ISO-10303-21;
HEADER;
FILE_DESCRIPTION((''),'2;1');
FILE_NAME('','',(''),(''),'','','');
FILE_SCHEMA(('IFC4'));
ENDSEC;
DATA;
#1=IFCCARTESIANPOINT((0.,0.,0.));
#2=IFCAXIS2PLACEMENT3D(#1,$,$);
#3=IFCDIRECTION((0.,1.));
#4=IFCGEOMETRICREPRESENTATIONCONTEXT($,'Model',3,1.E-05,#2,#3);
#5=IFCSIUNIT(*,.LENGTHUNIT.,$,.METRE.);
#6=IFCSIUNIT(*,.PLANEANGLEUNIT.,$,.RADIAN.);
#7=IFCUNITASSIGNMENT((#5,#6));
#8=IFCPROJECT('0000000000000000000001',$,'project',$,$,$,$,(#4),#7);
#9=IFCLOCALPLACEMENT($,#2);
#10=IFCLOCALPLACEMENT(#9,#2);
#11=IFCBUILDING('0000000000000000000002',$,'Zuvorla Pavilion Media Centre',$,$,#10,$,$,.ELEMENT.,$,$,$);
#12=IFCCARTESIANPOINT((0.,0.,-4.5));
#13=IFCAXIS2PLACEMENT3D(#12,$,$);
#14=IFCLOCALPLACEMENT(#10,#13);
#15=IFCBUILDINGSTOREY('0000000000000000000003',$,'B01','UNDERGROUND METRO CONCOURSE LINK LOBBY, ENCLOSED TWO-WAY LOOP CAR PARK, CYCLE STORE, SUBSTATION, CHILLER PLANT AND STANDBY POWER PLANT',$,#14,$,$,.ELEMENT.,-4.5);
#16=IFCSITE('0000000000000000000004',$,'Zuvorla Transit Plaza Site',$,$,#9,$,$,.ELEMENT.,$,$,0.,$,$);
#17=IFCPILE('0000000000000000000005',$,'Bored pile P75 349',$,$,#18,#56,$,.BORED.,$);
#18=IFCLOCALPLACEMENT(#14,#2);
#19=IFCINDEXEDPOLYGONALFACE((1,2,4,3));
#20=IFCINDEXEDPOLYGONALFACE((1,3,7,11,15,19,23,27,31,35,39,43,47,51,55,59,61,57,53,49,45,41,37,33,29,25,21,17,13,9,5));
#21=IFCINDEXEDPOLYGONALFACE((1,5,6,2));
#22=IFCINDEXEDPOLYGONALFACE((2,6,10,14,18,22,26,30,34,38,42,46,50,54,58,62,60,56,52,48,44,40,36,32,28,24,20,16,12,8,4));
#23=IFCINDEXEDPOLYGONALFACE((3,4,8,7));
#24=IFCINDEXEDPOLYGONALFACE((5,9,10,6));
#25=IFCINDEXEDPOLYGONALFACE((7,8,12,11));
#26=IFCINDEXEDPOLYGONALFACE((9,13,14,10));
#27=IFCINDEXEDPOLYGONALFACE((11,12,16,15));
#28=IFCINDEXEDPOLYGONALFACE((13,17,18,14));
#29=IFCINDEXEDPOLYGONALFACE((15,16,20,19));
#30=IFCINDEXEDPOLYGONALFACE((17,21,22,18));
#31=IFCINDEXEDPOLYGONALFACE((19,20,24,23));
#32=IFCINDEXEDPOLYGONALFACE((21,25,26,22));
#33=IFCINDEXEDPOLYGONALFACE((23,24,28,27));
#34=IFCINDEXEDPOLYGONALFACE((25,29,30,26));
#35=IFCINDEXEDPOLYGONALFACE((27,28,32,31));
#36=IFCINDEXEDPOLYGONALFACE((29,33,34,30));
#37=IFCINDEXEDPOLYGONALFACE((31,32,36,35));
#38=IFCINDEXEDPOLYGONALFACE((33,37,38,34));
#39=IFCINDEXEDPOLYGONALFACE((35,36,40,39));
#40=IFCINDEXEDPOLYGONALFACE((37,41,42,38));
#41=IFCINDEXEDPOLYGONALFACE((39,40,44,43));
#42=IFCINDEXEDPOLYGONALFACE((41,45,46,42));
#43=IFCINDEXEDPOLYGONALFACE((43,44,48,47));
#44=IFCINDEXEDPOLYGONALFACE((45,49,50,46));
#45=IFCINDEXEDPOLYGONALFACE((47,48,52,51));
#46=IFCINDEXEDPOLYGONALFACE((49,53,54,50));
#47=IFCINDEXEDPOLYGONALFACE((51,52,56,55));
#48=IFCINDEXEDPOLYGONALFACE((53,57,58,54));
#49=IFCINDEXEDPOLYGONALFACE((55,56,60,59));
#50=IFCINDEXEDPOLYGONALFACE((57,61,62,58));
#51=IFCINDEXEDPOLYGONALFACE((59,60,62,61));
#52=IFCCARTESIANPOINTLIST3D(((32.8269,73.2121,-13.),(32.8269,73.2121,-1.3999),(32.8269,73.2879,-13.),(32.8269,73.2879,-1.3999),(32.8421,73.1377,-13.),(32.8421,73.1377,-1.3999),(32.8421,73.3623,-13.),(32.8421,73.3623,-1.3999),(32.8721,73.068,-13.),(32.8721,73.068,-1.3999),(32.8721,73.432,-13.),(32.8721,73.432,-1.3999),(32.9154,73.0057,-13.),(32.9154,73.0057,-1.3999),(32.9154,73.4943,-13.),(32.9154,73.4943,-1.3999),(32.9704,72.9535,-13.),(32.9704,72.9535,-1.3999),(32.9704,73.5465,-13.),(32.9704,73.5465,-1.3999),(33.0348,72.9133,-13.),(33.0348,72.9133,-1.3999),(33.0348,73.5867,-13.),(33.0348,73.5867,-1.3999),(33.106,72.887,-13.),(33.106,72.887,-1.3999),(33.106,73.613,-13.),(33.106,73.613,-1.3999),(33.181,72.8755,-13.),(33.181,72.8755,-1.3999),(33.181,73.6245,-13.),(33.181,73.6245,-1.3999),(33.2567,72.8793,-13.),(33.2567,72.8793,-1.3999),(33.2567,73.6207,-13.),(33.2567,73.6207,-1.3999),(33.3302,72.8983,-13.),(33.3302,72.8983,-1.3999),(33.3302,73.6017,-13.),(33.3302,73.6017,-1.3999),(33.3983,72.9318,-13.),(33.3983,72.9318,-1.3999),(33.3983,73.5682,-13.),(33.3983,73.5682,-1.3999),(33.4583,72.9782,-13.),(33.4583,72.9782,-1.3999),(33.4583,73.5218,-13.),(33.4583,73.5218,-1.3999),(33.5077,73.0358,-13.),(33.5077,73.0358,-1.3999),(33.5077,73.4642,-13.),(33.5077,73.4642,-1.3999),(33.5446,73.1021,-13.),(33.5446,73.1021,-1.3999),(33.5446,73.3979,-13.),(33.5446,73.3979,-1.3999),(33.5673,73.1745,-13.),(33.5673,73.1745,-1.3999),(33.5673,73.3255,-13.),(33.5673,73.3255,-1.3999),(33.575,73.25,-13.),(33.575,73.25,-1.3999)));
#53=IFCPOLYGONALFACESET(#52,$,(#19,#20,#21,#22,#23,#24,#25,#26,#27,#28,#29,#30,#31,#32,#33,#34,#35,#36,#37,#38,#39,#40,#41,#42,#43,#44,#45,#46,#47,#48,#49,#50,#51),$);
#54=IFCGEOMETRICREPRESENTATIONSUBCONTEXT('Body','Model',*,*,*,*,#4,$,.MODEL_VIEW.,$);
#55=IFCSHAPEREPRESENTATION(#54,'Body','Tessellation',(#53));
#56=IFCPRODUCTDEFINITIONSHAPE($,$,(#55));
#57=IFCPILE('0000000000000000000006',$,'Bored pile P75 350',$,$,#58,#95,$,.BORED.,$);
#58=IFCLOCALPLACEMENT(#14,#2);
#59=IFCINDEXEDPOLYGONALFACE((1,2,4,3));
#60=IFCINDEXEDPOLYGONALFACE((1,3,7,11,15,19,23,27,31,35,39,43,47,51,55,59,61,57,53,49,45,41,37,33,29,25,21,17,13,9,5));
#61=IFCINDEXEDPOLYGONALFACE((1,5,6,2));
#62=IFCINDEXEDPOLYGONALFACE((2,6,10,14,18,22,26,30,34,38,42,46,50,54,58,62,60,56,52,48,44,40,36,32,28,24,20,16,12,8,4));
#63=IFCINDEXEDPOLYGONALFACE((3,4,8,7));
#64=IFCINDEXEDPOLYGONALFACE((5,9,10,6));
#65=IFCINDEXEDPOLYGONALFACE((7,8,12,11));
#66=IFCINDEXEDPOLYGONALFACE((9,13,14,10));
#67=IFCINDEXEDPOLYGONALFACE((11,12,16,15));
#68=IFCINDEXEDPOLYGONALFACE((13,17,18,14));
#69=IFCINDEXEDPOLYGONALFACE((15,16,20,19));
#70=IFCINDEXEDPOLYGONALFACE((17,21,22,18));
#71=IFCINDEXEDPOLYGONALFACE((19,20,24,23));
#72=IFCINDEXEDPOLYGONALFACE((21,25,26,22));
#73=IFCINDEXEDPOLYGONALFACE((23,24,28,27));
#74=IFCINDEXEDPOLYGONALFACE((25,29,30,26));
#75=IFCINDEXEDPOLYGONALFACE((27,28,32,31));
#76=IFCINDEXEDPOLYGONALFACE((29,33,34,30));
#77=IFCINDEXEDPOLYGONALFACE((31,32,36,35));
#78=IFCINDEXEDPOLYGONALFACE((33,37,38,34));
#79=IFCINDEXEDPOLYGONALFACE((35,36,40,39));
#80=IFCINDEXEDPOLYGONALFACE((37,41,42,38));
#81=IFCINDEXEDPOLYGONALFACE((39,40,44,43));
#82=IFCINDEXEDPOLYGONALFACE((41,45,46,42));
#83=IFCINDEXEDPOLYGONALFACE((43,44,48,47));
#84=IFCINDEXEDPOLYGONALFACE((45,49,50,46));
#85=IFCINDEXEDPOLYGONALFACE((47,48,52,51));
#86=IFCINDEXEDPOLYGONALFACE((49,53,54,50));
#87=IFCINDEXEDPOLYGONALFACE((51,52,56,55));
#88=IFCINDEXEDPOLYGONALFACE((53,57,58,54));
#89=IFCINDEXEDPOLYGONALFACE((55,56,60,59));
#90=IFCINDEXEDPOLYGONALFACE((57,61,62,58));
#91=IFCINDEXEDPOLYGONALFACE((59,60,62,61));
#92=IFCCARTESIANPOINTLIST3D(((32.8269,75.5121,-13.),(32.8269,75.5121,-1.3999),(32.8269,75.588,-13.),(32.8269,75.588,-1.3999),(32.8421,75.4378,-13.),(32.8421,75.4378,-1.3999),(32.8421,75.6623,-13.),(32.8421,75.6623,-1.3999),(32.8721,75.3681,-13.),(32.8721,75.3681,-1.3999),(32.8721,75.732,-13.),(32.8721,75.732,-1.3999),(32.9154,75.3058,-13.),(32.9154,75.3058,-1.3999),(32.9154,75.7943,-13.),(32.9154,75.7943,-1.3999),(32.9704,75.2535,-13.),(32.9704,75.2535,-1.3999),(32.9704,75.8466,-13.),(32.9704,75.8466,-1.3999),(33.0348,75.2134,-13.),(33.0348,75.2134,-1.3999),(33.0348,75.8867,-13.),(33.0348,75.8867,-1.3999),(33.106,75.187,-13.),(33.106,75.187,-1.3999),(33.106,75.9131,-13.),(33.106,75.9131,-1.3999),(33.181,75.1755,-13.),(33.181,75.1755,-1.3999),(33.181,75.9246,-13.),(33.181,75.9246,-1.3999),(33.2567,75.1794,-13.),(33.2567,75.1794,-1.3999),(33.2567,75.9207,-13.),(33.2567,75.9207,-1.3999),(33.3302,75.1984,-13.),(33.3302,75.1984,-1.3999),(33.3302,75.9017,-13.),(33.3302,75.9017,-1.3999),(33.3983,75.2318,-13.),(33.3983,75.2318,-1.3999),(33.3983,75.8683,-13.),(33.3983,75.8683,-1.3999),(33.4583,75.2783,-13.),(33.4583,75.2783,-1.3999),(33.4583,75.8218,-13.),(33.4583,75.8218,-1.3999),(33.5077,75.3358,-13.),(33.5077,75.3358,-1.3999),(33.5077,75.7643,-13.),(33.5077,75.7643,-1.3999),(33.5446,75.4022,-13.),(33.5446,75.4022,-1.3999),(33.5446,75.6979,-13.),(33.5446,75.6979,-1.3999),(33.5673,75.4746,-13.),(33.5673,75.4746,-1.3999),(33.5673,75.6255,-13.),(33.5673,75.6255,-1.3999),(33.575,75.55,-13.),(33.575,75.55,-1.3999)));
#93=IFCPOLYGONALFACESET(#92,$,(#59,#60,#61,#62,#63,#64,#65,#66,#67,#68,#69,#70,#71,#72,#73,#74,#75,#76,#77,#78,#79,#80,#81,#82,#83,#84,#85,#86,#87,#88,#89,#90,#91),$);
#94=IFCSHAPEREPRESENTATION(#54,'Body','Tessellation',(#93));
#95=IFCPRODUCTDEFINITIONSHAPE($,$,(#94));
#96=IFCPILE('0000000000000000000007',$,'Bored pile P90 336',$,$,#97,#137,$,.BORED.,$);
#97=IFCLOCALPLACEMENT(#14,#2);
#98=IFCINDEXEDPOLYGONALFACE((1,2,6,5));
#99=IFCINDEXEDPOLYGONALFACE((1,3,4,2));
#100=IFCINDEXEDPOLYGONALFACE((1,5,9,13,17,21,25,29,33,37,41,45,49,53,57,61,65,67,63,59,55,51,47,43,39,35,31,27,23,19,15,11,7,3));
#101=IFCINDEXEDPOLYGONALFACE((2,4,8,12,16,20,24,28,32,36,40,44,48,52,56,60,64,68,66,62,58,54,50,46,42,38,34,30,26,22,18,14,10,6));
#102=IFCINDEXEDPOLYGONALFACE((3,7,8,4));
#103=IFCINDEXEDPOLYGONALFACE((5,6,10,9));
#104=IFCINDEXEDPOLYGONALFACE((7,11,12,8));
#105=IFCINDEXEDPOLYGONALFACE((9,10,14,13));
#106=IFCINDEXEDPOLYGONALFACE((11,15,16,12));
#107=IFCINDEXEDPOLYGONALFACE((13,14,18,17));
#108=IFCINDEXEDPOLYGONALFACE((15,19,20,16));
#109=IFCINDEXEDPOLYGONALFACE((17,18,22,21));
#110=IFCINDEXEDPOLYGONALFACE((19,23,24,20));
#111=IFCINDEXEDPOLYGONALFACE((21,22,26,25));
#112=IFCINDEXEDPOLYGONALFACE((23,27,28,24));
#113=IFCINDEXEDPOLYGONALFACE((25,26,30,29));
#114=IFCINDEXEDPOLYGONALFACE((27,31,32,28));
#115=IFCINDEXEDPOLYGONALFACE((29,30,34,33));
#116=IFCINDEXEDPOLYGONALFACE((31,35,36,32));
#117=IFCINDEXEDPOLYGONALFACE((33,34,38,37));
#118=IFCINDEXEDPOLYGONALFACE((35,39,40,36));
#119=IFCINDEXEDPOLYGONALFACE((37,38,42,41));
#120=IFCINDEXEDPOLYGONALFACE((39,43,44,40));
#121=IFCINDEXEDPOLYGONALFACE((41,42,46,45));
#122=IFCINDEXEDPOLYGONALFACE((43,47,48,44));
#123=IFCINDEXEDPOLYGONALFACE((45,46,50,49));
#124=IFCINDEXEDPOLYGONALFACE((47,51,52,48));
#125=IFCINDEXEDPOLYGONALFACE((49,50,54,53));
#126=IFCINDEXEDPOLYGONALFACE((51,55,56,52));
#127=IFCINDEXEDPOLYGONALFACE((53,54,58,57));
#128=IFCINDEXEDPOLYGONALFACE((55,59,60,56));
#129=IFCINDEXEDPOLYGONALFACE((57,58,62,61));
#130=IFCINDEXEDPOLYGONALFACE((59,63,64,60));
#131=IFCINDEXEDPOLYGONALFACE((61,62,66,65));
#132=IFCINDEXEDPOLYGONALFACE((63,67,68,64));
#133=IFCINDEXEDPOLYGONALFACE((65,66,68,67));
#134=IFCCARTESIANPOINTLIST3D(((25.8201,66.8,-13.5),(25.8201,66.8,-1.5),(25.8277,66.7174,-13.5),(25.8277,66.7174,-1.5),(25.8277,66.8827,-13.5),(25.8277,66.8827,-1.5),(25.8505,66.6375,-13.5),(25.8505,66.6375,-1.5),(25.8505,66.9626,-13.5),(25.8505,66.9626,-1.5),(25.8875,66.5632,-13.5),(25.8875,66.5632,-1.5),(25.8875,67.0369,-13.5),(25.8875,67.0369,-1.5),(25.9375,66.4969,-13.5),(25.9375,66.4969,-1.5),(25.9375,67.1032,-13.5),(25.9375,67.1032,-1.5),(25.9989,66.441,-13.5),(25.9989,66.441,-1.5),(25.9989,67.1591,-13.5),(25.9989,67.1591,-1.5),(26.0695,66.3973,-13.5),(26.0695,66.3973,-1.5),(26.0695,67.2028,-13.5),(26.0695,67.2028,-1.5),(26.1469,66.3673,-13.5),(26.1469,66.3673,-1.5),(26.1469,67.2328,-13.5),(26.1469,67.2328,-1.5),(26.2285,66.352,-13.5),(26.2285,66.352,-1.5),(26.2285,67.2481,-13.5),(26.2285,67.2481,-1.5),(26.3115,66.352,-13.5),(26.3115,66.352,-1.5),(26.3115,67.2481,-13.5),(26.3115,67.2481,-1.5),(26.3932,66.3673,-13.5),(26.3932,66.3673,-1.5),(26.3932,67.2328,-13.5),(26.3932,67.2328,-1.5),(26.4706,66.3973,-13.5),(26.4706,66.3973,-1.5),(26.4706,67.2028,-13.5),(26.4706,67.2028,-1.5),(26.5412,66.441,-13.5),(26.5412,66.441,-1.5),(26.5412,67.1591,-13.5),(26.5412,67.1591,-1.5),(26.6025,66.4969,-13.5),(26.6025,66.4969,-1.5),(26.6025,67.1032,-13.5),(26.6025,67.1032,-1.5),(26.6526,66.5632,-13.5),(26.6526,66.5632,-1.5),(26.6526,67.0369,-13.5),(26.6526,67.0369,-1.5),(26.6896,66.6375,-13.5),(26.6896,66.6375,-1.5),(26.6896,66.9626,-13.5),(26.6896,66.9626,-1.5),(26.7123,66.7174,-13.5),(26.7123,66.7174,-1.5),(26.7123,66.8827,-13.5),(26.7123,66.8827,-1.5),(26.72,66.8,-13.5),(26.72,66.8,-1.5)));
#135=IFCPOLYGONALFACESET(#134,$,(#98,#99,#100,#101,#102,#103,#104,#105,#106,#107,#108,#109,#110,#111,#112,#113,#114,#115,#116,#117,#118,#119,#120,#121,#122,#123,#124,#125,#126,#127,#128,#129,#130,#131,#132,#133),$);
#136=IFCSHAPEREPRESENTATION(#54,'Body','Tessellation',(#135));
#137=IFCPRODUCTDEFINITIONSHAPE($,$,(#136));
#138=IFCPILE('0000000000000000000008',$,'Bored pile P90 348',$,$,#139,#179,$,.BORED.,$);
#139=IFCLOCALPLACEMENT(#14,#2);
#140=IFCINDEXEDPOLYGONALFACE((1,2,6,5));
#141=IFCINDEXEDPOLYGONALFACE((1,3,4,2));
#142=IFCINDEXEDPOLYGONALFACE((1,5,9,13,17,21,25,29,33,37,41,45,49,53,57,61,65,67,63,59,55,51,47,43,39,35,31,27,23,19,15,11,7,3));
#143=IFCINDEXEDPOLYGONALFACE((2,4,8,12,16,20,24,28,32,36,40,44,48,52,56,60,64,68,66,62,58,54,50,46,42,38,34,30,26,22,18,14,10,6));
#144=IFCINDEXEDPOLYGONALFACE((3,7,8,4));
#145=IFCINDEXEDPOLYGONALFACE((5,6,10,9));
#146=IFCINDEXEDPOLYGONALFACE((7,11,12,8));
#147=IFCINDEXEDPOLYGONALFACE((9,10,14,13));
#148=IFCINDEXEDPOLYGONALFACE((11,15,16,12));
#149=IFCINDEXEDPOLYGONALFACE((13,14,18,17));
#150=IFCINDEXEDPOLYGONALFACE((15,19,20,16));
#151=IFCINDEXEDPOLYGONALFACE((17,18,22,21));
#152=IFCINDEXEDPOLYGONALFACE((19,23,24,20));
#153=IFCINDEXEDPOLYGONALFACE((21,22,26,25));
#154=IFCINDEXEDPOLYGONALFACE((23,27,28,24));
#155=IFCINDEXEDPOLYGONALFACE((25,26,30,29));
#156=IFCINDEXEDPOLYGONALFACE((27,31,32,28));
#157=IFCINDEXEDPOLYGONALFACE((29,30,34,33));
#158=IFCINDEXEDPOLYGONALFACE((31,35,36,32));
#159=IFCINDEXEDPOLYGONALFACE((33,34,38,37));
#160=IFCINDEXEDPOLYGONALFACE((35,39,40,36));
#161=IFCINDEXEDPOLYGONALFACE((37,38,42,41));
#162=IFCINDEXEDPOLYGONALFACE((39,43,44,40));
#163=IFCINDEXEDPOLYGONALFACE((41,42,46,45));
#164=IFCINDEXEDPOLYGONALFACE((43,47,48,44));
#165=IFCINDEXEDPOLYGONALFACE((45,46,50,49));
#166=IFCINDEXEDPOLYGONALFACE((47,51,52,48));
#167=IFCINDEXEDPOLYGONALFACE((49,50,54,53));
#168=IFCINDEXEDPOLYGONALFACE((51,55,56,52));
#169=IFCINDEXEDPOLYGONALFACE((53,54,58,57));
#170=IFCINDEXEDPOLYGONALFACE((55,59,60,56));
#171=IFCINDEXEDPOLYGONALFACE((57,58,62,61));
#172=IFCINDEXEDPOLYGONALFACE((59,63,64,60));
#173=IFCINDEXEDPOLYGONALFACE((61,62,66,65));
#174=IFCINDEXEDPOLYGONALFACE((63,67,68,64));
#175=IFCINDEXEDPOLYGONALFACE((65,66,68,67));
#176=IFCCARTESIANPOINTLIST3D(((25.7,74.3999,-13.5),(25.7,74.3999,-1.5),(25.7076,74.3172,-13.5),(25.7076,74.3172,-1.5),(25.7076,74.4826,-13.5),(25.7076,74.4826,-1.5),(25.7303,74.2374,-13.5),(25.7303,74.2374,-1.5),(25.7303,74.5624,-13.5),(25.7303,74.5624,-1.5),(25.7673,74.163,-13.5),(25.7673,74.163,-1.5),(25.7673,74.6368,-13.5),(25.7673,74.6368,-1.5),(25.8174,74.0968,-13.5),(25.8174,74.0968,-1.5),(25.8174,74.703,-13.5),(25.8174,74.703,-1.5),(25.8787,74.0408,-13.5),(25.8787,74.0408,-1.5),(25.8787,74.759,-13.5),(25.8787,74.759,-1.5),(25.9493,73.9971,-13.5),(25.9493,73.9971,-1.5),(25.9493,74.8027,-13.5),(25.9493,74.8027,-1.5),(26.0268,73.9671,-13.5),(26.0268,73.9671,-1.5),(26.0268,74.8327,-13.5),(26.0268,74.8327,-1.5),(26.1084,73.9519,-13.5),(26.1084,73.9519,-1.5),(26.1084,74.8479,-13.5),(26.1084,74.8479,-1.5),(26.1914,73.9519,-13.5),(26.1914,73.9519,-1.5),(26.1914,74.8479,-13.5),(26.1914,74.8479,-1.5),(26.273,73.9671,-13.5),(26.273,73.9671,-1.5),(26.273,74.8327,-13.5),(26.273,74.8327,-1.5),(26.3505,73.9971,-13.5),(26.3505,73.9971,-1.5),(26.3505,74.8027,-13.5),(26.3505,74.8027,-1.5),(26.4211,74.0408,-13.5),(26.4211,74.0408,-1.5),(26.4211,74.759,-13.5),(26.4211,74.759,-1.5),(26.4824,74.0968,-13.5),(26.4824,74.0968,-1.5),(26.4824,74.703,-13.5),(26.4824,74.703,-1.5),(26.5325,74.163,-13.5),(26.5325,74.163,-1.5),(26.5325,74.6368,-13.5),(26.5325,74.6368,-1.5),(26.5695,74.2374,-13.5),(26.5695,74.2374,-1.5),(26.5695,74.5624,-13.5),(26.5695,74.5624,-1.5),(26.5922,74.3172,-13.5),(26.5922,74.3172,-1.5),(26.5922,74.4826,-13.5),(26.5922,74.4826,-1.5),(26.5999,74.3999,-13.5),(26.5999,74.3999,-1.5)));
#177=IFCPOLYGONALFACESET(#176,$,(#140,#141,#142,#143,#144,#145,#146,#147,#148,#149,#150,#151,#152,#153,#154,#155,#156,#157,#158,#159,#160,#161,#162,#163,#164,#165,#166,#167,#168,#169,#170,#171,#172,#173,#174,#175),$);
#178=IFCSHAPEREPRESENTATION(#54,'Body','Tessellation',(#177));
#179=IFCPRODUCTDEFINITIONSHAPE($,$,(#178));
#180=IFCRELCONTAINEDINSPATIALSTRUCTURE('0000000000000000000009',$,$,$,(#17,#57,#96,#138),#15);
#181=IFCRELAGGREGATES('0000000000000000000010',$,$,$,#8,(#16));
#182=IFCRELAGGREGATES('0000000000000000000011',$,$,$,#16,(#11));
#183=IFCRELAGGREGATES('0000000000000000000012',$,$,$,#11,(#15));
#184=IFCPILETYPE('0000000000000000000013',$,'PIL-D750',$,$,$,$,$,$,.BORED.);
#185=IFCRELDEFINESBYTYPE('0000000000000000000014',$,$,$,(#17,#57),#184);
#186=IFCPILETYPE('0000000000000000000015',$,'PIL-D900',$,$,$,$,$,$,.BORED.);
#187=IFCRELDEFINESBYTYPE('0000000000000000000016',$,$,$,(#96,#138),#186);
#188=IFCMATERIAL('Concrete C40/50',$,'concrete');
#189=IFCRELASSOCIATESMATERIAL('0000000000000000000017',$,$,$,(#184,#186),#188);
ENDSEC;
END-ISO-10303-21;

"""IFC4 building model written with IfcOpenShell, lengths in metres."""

from ifc_helpers import new_model, si_unit, direction, frame, origin, origin_2d, place, context, subcontext, project, spatial, circle, extrude, material, material_profile, profile_set, type_object, element, save


model = new_model("IFC4")

# Units and contexts
model_context = context("Model", 3, precision=1e-05, world=origin(), true_north=direction((0.0, 1.0)))
body_context = subcontext(model_context, "Body", "Model", "MODEL_VIEW")
ifc_project = project(units=[si_unit("LENGTHUNIT", "METRE"), si_unit("PLANEANGLEUNIT", "RADIAN")], contexts=[model_context])

# Site, building, storey
site_placement = place(None, origin())
site = spatial("IfcSite", under=ifc_project, at=site_placement, Name="Zuvorla Transit Plaza Site", CompositionType="ELEMENT", RefElevation=0.0)
building_placement = place(site_placement, origin())
building = spatial("IfcBuilding", under=site, at=building_placement, Name="Zuvorla Pavilion Media Centre", CompositionType="ELEMENT")
storey_placement = place(building_placement, frame((0.0, 0.0, -4.5)))
storey = spatial("IfcBuildingStorey", under=building, at=storey_placement, Name="B01", Description="UNDERGROUND METRO CONCOURSE LINK LOBBY, ENCLOSED TWO-WAY LOOP CAR PARK, CYCLE STORE, SUBSTATION, CHILLER PLANT AND STANDBY POWER PLANT", CompositionType="ELEMENT", Elevation=-4.5)

# Shared definitions
ifc_material = material(Name="Concrete C40/50", Category="concrete")

# Piles
ifc_material_profile_1 = material_profile(ifc_material, circle(Radius=0.375, at=origin_2d()), Name="BORED PILE 750")
ifc_profile_set_1 = profile_set([ifc_material_profile_1], Name="Concrete C40/50")
pile_type_1 = type_object("IfcPileType", Name="PIL-D750", PredefinedType="BORED", material=ifc_profile_set_1)
for number, where, z_axis, x_axis, name in (
    (1, (33.2, 73.25, -1.3999), (0.0, 0.0, -1.0), (1.0, 0.0, 0.0), "Bored pile P75 349"),
    (2, (33.2, 75.55, -1.3999), (0.0, 0.0, -1.0), (1.0, 0.0, 0.0), "Bored pile P75 350"),
):
    element("IfcPile", number, at=place(storey_placement, frame(where, z_axis=z_axis, x_axis=x_axis)), inside=storey, type_object=pile_type_1, Name=name, PredefinedType="BORED", context=body_context, shape_type="SweptSolid", body=[
        extrude(circle(Radius=0.375, at=origin_2d()), origin(), (0.0, 0.0, 1.0), 11.6001),
    ])
ifc_material_profile_2 = material_profile(ifc_material, circle(Radius=0.45, at=origin_2d()), Name="BORED PILE 900")
ifc_profile_set_2 = profile_set([ifc_material_profile_2], Name="Concrete C40/50")
pile_type_2 = type_object("IfcPileType", Name="PIL-D900", PredefinedType="BORED", material=ifc_profile_set_2)
for number, where, z_axis, x_axis, name in (
    (3, (26.27, 66.8, -1.5), (0.0, 0.0, -1.0), (1.0, 0.0, 0.0), "Bored pile P90 336"),
    (4, (26.1499, 74.3999, -1.5), (0.0, 0.0, -1.0), (1.0, 0.0, 0.0), "Bored pile P90 348"),
):
    element("IfcPile", number, at=place(storey_placement, frame(where, z_axis=z_axis, x_axis=x_axis)), inside=storey, type_object=pile_type_2, Name=name, PredefinedType="BORED", context=body_context, shape_type="SweptSolid", body=[
        extrude(circle(Radius=0.45, at=origin_2d()), origin(), (0.0, 0.0, 1.0), 12.0),
    ])

save(model, "model.ifc")
